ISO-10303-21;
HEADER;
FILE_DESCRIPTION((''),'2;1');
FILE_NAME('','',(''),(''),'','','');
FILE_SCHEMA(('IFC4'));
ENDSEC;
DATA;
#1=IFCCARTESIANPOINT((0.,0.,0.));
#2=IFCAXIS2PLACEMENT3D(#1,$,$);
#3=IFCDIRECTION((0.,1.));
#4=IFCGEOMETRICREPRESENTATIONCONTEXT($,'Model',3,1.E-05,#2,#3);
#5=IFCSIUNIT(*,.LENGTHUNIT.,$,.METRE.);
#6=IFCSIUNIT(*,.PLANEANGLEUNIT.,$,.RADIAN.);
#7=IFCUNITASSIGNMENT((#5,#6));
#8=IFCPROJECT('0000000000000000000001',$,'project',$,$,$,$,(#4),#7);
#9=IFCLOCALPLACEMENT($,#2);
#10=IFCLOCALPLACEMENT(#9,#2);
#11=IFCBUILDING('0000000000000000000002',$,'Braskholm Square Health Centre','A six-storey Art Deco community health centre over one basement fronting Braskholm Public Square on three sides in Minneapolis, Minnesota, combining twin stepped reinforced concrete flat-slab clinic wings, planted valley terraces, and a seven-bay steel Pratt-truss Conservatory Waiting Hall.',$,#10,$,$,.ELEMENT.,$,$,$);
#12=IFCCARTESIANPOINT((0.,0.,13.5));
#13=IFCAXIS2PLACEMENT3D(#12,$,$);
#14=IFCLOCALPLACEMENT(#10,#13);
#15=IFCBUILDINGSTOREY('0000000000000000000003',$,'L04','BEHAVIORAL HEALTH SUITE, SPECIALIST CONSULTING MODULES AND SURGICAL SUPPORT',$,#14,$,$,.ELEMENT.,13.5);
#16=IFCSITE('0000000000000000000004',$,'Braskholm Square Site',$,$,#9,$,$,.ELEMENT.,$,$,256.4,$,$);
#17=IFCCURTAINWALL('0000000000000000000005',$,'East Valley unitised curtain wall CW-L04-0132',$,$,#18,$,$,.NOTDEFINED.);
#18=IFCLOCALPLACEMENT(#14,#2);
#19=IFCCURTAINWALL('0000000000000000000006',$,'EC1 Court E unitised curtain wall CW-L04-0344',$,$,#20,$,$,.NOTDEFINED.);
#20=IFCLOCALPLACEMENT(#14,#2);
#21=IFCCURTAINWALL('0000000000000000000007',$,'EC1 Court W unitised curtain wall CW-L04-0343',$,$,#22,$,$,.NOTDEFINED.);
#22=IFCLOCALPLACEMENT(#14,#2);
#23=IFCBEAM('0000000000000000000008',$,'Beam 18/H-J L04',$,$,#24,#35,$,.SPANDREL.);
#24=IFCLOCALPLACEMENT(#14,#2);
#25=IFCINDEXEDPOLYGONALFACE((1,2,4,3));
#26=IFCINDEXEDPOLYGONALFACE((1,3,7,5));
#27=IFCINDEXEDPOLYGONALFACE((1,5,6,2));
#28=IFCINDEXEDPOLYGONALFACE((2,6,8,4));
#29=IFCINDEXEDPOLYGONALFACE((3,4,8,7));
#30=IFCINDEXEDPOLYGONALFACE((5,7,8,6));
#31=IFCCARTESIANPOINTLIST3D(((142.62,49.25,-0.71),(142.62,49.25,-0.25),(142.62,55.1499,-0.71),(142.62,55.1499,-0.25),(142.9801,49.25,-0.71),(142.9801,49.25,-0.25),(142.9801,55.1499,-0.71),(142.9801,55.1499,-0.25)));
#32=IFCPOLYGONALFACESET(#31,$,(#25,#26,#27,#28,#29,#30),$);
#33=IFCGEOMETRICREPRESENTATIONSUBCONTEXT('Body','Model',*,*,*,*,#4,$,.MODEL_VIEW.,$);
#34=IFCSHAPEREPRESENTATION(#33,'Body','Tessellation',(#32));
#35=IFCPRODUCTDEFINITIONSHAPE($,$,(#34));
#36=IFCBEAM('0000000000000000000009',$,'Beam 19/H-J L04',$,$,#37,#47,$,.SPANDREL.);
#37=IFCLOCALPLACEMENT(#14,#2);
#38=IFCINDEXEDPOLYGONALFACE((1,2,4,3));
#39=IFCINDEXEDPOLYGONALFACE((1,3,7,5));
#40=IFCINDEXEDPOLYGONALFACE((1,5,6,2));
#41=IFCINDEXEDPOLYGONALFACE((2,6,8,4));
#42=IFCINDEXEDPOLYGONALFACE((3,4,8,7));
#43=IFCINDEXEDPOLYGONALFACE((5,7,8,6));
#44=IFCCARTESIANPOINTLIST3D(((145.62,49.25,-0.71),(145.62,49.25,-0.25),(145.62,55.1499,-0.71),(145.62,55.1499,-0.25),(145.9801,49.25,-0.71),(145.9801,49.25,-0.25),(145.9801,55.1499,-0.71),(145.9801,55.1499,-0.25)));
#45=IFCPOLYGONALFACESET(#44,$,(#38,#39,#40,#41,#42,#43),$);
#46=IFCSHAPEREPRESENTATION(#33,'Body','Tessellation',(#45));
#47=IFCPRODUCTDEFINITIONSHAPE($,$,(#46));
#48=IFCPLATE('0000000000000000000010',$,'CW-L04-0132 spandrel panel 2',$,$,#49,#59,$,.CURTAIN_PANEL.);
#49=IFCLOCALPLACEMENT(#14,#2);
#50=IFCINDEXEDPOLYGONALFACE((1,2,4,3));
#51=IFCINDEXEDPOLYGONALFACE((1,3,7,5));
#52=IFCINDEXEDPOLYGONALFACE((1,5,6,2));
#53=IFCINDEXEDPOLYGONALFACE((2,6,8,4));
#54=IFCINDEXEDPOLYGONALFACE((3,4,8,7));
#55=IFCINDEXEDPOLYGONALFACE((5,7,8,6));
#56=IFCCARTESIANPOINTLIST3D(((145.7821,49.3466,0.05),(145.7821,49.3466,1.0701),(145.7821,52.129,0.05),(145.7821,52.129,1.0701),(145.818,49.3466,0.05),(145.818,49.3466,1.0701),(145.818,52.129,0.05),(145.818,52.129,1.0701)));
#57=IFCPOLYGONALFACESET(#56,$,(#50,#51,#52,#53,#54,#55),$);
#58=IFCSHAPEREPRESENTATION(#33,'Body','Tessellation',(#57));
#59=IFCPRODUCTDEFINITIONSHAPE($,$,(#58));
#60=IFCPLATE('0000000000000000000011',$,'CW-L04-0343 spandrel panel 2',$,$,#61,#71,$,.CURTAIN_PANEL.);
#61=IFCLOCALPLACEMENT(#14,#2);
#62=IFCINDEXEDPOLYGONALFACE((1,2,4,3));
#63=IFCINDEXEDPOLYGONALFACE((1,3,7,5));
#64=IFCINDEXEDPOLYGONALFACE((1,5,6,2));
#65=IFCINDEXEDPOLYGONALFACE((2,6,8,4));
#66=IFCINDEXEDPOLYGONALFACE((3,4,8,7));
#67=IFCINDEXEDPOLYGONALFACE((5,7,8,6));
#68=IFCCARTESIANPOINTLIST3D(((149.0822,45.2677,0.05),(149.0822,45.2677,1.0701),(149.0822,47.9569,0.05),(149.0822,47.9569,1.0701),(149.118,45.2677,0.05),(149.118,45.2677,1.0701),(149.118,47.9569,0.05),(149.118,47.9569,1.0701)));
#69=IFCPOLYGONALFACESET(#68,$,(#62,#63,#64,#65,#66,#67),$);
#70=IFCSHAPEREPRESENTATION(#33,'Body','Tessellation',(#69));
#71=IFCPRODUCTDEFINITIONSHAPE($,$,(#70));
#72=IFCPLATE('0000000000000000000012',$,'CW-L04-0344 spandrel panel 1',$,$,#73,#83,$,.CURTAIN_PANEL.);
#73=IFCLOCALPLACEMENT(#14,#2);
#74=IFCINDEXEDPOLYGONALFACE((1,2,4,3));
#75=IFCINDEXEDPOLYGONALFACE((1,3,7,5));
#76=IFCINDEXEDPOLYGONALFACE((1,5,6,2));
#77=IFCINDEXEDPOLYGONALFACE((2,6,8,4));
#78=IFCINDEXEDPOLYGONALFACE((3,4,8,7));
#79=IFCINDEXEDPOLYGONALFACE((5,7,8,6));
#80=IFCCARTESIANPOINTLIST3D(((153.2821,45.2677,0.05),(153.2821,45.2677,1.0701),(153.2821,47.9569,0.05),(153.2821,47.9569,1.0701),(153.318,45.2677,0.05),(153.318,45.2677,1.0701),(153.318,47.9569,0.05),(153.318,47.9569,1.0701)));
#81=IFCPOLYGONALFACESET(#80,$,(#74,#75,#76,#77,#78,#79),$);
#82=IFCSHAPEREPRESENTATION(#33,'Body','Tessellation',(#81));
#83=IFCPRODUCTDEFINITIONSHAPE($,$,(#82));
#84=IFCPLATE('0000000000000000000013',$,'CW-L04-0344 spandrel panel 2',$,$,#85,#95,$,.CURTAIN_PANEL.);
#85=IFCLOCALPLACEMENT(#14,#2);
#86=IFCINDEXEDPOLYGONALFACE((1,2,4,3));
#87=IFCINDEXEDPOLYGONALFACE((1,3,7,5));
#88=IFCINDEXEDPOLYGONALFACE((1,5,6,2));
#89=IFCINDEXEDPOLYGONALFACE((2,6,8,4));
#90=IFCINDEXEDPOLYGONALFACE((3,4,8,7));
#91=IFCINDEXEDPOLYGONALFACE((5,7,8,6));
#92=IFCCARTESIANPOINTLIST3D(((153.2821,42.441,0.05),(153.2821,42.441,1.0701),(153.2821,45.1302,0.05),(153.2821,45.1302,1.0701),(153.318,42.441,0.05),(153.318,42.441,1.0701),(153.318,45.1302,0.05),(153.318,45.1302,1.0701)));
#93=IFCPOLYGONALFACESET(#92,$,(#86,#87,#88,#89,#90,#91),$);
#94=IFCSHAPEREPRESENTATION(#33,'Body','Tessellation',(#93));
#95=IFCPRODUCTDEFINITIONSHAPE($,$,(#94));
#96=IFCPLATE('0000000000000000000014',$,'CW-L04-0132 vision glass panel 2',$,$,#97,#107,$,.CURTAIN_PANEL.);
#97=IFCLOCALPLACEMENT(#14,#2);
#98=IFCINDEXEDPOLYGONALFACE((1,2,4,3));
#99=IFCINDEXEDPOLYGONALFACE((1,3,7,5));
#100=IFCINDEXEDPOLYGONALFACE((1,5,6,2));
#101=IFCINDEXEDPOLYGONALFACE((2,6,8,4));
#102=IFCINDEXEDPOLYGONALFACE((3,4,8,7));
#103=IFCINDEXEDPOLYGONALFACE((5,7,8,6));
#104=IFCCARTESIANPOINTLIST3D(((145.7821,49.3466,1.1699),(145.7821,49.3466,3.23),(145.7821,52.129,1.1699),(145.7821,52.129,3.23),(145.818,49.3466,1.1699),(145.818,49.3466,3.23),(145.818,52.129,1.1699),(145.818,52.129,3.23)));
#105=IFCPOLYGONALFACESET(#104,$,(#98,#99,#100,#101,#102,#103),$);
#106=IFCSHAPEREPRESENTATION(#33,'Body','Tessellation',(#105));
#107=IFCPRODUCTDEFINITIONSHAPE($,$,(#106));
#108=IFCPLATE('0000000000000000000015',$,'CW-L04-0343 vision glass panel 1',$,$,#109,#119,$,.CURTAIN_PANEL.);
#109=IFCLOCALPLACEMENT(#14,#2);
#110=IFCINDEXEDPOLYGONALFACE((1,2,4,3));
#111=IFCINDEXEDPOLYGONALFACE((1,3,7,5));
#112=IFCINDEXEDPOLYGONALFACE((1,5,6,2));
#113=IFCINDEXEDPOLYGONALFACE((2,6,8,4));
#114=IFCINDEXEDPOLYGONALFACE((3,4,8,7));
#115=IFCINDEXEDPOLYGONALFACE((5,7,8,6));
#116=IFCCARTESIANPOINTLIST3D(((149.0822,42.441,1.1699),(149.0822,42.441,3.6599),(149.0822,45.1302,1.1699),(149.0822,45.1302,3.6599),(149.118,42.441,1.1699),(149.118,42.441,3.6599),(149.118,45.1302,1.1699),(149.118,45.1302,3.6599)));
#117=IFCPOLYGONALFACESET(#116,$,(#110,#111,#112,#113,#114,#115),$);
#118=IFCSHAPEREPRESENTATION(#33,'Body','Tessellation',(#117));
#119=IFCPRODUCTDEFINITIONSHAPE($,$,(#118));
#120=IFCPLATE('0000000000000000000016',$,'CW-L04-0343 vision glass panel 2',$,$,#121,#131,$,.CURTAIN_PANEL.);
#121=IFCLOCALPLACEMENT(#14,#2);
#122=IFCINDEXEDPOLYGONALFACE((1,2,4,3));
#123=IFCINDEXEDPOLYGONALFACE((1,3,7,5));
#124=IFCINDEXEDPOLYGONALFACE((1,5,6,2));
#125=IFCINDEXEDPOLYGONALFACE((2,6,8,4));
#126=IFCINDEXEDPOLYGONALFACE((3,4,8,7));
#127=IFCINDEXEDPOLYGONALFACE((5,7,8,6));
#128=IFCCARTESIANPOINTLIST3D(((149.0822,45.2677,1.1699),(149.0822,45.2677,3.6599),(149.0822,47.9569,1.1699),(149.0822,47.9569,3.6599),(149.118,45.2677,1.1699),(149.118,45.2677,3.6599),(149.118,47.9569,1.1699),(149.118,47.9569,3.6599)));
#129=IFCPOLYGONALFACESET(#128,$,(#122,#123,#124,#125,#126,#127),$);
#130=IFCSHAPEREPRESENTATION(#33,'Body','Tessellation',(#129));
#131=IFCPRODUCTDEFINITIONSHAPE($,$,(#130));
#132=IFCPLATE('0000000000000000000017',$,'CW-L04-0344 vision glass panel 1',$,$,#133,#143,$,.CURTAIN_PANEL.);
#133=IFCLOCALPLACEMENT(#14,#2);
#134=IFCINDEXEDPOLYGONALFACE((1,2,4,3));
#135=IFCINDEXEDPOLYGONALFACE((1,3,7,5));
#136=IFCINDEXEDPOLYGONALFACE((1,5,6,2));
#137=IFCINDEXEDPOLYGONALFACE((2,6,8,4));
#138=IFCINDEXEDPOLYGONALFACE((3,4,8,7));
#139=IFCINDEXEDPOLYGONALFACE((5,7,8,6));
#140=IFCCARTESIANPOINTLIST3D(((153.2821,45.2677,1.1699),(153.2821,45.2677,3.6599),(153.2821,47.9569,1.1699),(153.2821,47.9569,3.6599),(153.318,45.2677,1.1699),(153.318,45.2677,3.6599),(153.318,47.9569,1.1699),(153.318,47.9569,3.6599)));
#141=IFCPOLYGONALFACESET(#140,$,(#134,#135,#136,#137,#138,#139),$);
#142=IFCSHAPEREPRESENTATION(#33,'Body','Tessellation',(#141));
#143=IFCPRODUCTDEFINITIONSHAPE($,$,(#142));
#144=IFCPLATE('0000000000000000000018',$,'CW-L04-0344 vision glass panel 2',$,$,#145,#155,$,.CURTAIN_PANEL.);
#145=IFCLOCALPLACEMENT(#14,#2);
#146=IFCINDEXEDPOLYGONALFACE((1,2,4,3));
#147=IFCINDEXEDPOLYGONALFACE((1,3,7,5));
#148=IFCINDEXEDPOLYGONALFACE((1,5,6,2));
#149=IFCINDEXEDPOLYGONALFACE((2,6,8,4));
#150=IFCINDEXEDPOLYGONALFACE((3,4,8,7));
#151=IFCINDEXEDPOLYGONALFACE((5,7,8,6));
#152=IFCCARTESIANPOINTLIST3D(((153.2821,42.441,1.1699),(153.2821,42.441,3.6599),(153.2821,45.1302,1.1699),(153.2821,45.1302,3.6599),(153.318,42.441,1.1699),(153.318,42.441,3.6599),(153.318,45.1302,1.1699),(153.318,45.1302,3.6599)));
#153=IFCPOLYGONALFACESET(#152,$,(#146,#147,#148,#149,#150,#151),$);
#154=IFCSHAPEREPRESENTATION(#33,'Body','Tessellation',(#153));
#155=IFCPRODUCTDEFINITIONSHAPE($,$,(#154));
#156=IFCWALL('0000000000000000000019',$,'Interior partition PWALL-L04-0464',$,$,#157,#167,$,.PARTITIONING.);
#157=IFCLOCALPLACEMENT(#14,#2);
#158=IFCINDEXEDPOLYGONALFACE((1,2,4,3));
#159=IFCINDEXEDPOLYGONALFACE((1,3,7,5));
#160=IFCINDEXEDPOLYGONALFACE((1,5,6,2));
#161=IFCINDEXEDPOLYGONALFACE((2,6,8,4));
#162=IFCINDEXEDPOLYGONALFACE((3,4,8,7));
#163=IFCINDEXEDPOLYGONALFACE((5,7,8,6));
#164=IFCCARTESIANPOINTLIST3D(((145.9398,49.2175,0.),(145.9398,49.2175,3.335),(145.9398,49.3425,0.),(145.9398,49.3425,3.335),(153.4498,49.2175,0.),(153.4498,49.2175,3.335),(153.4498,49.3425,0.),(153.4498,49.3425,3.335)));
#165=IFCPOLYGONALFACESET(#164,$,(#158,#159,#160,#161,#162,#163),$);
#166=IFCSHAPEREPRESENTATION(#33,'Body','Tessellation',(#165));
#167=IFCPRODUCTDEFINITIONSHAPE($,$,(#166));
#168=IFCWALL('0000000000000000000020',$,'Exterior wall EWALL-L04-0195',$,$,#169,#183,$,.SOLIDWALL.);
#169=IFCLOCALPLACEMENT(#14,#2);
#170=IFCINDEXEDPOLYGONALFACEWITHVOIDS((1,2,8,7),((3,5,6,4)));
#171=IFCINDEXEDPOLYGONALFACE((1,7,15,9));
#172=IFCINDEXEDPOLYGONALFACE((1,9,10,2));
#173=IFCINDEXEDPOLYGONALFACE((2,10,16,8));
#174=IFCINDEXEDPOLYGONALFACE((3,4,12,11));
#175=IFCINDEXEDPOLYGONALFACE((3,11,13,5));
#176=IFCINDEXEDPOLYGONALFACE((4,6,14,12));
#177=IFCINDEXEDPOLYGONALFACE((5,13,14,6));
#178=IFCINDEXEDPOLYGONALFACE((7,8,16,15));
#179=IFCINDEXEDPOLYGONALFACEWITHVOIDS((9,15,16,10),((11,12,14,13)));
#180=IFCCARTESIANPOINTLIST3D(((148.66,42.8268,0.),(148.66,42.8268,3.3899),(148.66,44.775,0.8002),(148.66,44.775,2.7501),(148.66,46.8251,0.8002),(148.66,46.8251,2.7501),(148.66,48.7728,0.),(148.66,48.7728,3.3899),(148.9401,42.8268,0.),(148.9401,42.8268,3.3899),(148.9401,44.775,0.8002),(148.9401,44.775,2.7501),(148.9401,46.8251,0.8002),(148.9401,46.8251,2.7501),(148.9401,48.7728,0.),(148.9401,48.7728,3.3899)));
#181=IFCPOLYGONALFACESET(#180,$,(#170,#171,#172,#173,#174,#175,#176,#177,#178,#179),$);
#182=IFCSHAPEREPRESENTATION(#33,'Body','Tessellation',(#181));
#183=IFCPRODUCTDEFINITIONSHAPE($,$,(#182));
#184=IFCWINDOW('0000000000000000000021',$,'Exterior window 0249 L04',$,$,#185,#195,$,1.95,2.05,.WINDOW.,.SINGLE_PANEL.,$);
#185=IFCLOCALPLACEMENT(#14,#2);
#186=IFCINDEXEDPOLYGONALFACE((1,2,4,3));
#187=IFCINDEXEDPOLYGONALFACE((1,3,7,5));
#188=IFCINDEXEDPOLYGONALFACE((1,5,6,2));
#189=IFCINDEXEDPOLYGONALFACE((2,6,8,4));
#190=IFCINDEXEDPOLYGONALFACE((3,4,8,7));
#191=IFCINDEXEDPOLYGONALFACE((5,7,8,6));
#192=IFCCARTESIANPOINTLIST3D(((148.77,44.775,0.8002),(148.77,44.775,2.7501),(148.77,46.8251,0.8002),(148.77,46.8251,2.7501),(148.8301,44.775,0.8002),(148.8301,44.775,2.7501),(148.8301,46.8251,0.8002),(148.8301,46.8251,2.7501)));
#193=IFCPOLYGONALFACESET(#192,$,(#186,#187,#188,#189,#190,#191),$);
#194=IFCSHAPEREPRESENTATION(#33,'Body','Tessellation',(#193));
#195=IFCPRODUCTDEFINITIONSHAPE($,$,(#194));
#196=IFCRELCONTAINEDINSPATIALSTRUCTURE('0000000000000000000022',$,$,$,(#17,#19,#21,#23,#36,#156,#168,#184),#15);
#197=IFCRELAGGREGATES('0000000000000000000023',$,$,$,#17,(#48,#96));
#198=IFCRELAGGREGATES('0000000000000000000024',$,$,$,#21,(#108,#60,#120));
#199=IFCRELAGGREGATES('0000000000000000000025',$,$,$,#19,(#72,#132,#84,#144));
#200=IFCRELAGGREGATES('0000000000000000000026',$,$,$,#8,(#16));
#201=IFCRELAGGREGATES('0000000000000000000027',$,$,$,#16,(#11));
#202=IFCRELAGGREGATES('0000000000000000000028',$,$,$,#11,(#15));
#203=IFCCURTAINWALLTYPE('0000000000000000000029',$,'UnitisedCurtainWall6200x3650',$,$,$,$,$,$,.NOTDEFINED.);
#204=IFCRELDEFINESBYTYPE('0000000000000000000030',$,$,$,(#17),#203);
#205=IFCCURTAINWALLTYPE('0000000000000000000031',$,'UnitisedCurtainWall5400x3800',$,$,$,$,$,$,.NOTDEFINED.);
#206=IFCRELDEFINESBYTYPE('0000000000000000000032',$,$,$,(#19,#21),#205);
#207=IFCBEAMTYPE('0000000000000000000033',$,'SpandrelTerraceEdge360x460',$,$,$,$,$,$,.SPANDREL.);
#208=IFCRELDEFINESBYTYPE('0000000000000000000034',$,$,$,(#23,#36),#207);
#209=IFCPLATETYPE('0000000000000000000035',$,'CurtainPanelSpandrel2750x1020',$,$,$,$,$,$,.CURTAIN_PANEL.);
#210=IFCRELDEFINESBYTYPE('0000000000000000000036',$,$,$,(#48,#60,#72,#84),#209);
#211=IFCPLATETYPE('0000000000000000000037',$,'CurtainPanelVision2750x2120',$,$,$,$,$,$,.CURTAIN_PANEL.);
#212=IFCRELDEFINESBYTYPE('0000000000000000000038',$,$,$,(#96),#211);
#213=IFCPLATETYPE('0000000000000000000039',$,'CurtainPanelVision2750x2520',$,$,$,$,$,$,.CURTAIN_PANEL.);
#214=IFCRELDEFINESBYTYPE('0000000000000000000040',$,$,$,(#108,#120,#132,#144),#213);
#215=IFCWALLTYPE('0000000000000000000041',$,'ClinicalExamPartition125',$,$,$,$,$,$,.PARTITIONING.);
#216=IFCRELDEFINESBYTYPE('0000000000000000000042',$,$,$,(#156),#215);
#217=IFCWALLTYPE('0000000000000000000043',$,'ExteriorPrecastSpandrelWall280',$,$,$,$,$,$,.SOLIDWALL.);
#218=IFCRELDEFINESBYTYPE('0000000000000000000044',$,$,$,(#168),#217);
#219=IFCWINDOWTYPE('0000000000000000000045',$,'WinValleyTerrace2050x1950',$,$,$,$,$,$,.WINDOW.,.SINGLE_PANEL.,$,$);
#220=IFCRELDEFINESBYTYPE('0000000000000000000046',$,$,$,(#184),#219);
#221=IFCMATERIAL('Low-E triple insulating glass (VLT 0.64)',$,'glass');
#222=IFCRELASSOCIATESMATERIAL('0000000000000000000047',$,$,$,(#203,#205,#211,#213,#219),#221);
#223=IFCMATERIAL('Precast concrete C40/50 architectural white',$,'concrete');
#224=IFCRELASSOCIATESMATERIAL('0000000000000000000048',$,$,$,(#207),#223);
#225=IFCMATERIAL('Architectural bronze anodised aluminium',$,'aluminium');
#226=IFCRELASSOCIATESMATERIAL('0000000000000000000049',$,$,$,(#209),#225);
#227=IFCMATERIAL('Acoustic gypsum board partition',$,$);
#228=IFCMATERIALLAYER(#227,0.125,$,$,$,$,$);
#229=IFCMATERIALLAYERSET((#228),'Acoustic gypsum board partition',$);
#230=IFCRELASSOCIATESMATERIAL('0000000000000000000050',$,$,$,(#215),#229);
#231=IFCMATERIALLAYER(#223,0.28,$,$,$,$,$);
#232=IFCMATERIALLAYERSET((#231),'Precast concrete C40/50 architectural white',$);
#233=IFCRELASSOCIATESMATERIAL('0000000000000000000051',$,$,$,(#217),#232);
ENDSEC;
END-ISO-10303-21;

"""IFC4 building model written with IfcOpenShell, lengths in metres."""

from ifc_helpers import new_model, si_unit, direction, frame, frame_2d, origin, origin_with_axes, origin_2d, place, context, subcontext, project, spatial, rectangle, extrude, material, layer, layer_set, material_profile, profile_set, type_object, element, fill, aggregate, save


model = new_model("IFC4")

# Units and contexts
model_context = context("Model", 3, precision=1e-05, world=origin(), true_north=direction((0.0, 1.0)))
body_context = subcontext(model_context, "Body", "Model", "MODEL_VIEW")
ifc_project = project(units=[si_unit("LENGTHUNIT", "METRE"), si_unit("PLANEANGLEUNIT", "RADIAN")], contexts=[model_context])

# Site, building, storey
site_placement = place(None, origin())
site = spatial("IfcSite", under=ifc_project, at=site_placement, Name="Braskholm Square Site", CompositionType="ELEMENT", RefElevation=256.4)
building_placement = place(site_placement, origin())
building = spatial("IfcBuilding", under=site, at=building_placement, Name="Braskholm Square Health Centre", Description="A six-storey Art Deco community health centre over one basement fronting Braskholm Public Square on three sides in Minneapolis, Minnesota, combining twin stepped reinforced concrete flat-slab clinic wings, planted valley terraces, and a seven-bay steel Pratt-truss Conservatory Waiting Hall.", CompositionType="ELEMENT")
storey_placement = place(building_placement, frame((0.0, 0.0, 13.5)))
storey = spatial("IfcBuildingStorey", under=building, at=storey_placement, Name="L04", Description="BEHAVIORAL HEALTH SUITE, SPECIALIST CONSULTING MODULES AND SURGICAL SUPPORT", CompositionType="ELEMENT", Elevation=13.5)

# Curtain wall
ifc_material_1 = material(Name="Low-E triple insulating glass (VLT 0.64)", Category="glass")
curtain_wall_type_1 = type_object("IfcCurtainWallType", Name="UnitisedCurtainWall6200x3650", PredefinedType="NOTDEFINED", material=ifc_material_1)
curtain_wall_1_placement = place(storey_placement, origin())
curtain_wall_1 = element("IfcCurtainWall", 1, at=curtain_wall_1_placement, inside=storey, type_object=curtain_wall_type_1, Name="East Valley unitised curtain wall CW-L04-0132", PredefinedType="NOTDEFINED")
ifc_material_2 = material(Name="Architectural bronze anodised aluminium", Category="aluminium")

# Curtain wall
curtain_wall_type_2 = type_object("IfcCurtainWallType", Name="UnitisedCurtainWall5400x3800", PredefinedType="NOTDEFINED", material=ifc_material_1)
curtain_wall_2_placement = place(storey_placement, origin())
curtain_wall_2 = element("IfcCurtainWall", 2, at=curtain_wall_2_placement, inside=storey, type_object=curtain_wall_type_2, Name="EC1 Court E unitised curtain wall CW-L04-0344", PredefinedType="NOTDEFINED")

# Curtain wall
curtain_wall_3_placement = place(storey_placement, origin())
curtain_wall_3 = element("IfcCurtainWall", 3, at=curtain_wall_3_placement, inside=storey, type_object=curtain_wall_type_2, Name="EC1 Court W unitised curtain wall CW-L04-0343", PredefinedType="NOTDEFINED")

# Beams
ifc_material_3 = material(Name="Precast concrete C40/50 architectural white", Category="concrete")
ifc_material_profile_1 = material_profile(ifc_material_3, rectangle(XDim=0.3601, YDim=0.46, at=origin_2d()), Name="RCB-360X460")
ifc_profile_set_1 = profile_set([ifc_material_profile_1], Name="Precast concrete C40/50 architectural white")
beam_type_1 = type_object("IfcBeamType", Name="SpandrelTerraceEdge360x460", PredefinedType="SPANDREL", material=ifc_profile_set_1)
for number, where, z_axis, x_axis, name in (
    (4, (142.8, 49.25, -0.48), (0.0, 1.0, 0.0), (-1.0, 0.0, 0.0), "Beam 18/H-J L04"),
    (5, (145.8, 49.25, -0.48), (0.0, 1.0, 0.0), (-1.0, 0.0, 0.0), "Beam 19/H-J L04"),
):
    element("IfcBeam", number, at=place(storey_placement, frame(where, z_axis=z_axis, x_axis=x_axis)), inside=storey, type_object=beam_type_1, Name=name, PredefinedType="SPANDREL", context=body_context, shape_type="SweptSolid", body=[
        extrude(rectangle(XDim=0.3601, YDim=0.46, at=origin_2d()), origin(), (0.0, 0.0, 1.0), 5.8999),
    ])

# Plates
plate_type_1 = type_object("IfcPlateType", Name="CurtainPanelSpandrel2750x1020", PredefinedType="CURTAIN_PANEL", material=ifc_material_2)
plate_1_placement = place(storey_placement, frame((145.8, 50.7378, 0.05), z_axis=(0.0, 0.0, 1.0), x_axis=(0.0, -1.0, 0.0)))
plate_1 = element("IfcPlate", 6, at=plate_1_placement, type_object=plate_type_1, Name="CW-L04-0132 spandrel panel 2", PredefinedType="CURTAIN_PANEL", context=body_context, shape_type="SweptSolid", body=[
    extrude(rectangle(XDim=2.7825, YDim=0.0359, at=origin_2d()), origin(), (0.0, 0.0, 1.0), 1.02),
])
plate_2_placement = place(storey_placement, frame((149.1001, 46.6123, 0.05), z_axis=(0.0, 0.0, 1.0), x_axis=(0.0, 1.0, 0.0)))
plate_2 = element("IfcPlate", 7, at=plate_2_placement, type_object=plate_type_1, Name="CW-L04-0343 spandrel panel 2", PredefinedType="CURTAIN_PANEL", context=body_context, shape_type="SweptSolid", body=[
    extrude(rectangle(XDim=2.6892, YDim=0.0359, at=origin_2d()), origin(), (0.0, 0.0, 1.0), 1.02),
])
plate_3_placement = place(storey_placement, frame((153.3, 46.6123, 0.05), z_axis=(0.0, 0.0, 1.0), x_axis=(0.0, -1.0, 0.0)))
plate_3 = element("IfcPlate", 8, at=plate_3_placement, type_object=plate_type_1, Name="CW-L04-0344 spandrel panel 1", PredefinedType="CURTAIN_PANEL", context=body_context, shape_type="SweptSolid", body=[
    extrude(rectangle(XDim=2.6892, YDim=0.0359, at=origin_2d()), origin(), (0.0, 0.0, 1.0), 1.02),
])
plate_4_placement = place(storey_placement, frame((153.3, 43.7856, 0.05), z_axis=(0.0, 0.0, 1.0), x_axis=(0.0, -1.0, 0.0)))
plate_4 = element("IfcPlate", 9, at=plate_4_placement, type_object=plate_type_1, Name="CW-L04-0344 spandrel panel 2", PredefinedType="CURTAIN_PANEL", context=body_context, shape_type="SweptSolid", body=[
    extrude(rectangle(XDim=2.6892, YDim=0.0359, at=origin_2d()), origin(), (0.0, 0.0, 1.0), 1.02),
])
plate_type_2 = type_object("IfcPlateType", Name="CurtainPanelVision2750x2120", PredefinedType="CURTAIN_PANEL", material=ifc_material_1)
plate_5_placement = place(storey_placement, frame((145.8, 50.7378, 1.1699), z_axis=(0.0, 0.0, 1.0), x_axis=(0.0, -1.0, 0.0)))
plate_5 = element("IfcPlate", 10, at=plate_5_placement, type_object=plate_type_2, Name="CW-L04-0132 vision glass panel 2", PredefinedType="CURTAIN_PANEL", context=body_context, shape_type="SweptSolid", body=[
    extrude(rectangle(XDim=2.7825, YDim=0.0359, at=origin_2d()), origin(), (0.0, 0.0, 1.0), 2.0601),
])
aggregate(curtain_wall_1, [plate_1, plate_5])
plate_type_3 = type_object("IfcPlateType", Name="CurtainPanelVision2750x2520", PredefinedType="CURTAIN_PANEL", material=ifc_material_1)
plate_6_placement = place(storey_placement, frame((149.1001, 43.7856, 1.1699), z_axis=(0.0, 0.0, 1.0), x_axis=(0.0, 1.0, 0.0)))
plate_6 = element("IfcPlate", 11, at=plate_6_placement, type_object=plate_type_3, Name="CW-L04-0343 vision glass panel 1", PredefinedType="CURTAIN_PANEL", context=body_context, shape_type="SweptSolid", body=[
    extrude(rectangle(XDim=2.6892, YDim=0.0359, at=origin_2d()), origin(), (0.0, 0.0, 1.0), 2.49),
])
plate_7_placement = place(storey_placement, frame((149.1001, 46.6123, 1.1699), z_axis=(0.0, 0.0, 1.0), x_axis=(0.0, 1.0, 0.0)))
plate_7 = element("IfcPlate", 12, at=plate_7_placement, type_object=plate_type_3, Name="CW-L04-0343 vision glass panel 2", PredefinedType="CURTAIN_PANEL", context=body_context, shape_type="SweptSolid", body=[
    extrude(rectangle(XDim=2.6892, YDim=0.0359, at=origin_2d()), origin(), (0.0, 0.0, 1.0), 2.49),
])
aggregate(curtain_wall_3, [plate_6, plate_2, plate_7])
plate_8_placement = place(storey_placement, frame((153.3, 46.6123, 1.1699), z_axis=(0.0, 0.0, 1.0), x_axis=(0.0, -1.0, 0.0)))
plate_8 = element("IfcPlate", 13, at=plate_8_placement, type_object=plate_type_3, Name="CW-L04-0344 vision glass panel 1", PredefinedType="CURTAIN_PANEL", context=body_context, shape_type="SweptSolid", body=[
    extrude(rectangle(XDim=2.6892, YDim=0.0359, at=origin_2d()), origin(), (0.0, 0.0, 1.0), 2.49),
])
plate_9_placement = place(storey_placement, frame((153.3, 43.7856, 1.1699), z_axis=(0.0, 0.0, 1.0), x_axis=(0.0, -1.0, 0.0)))
plate_9 = element("IfcPlate", 14, at=plate_9_placement, type_object=plate_type_3, Name="CW-L04-0344 vision glass panel 2", PredefinedType="CURTAIN_PANEL", context=body_context, shape_type="SweptSolid", body=[
    extrude(rectangle(XDim=2.6892, YDim=0.0359, at=origin_2d()), origin(), (0.0, 0.0, 1.0), 2.49),
])
aggregate(curtain_wall_2, [plate_3, plate_8, plate_4, plate_9])

# Wall
ifc_material_4 = material(Name="Acoustic gypsum board partition")
ifc_layer_1 = layer(ifc_material_4, 0.125)
ifc_layer_set_1 = layer_set([ifc_layer_1], Name="Acoustic gypsum board partition")
wall_type_1 = type_object("IfcWallType", Name="ClinicalExamPartition125", PredefinedType="PARTITIONING", material=ifc_layer_set_1)
wall_1_placement = place(storey_placement, frame((145.9399, 49.28, 0.0), z_axis=(0.0, 0.0, 1.0), x_axis=(1.0, 0.0, 0.0)))
element("IfcWall", 15, at=wall_1_placement, inside=storey, type_object=wall_type_1, Name="Interior partition PWALL-L04-0464", PredefinedType="PARTITIONING", context=body_context, shape_type="SweptSolid", body=[
    extrude(rectangle(XDim=7.51, YDim=0.125, at=frame_2d((3.7549, 0.0))), origin(), (0.0, 0.0, 1.0), 3.335),
])

# Wall, opening, window
ifc_layer_2 = layer(ifc_material_3, 0.28)
ifc_layer_set_2 = layer_set([ifc_layer_2], Name="Precast concrete C40/50 architectural white")
wall_type_2 = type_object("IfcWallType", Name="ExteriorPrecastSpandrelWall280", PredefinedType="SOLIDWALL", material=ifc_layer_set_2)
wall_2_placement = place(storey_placement, frame((148.8, 48.7729, 0.0), z_axis=(0.0, 0.0, 1.0), x_axis=(0.0, -1.0, 0.0)))
wall_2 = element("IfcWall", 16, at=wall_2_placement, inside=storey, type_object=wall_type_2, Name="Exterior wall EWALL-L04-0195", PredefinedType="SOLIDWALL", context=body_context, shape_type="SweptSolid", body=[
    extrude(rectangle(XDim=5.946, YDim=0.28, at=frame_2d((2.9731, 0.0))), origin(), (0.0, 0.0, 1.0), 3.3899),
])
opening_1_placement = place(wall_2_placement, frame((1.948, 0.0, 0.8)))
opening_1 = element("IfcOpeningElement", 17, at=opening_1_placement, cuts=wall_2, PredefinedType="OPENING", context=body_context, shape_type="SweptSolid", body=[
    extrude(rectangle(XDim=2.05, YDim=1.95, at=frame_2d((1.0249, 0.9751))), frame((0.0, 0.1499, 0.0), z_axis=(0.0, -1.0, 0.0), x_axis=(1.0, 0.0, 0.0)), (0.0, 0.0, 1.0), 0.3),
])
window_type_1 = type_object("IfcWindowType", Name="WinValleyTerrace2050x1950", PartitioningType="SINGLE_PANEL", PredefinedType="WINDOW", material=ifc_material_1)
window_1_placement = place(opening_1_placement, origin_with_axes())
window_1 = element("IfcWindow", 18, at=window_1_placement, inside=storey, type_object=window_type_1, Name="Exterior window 0249 L04", OverallHeight=1.95, OverallWidth=2.05, PartitioningType="SINGLE_PANEL", PredefinedType="WINDOW", context=body_context, shape_type="SweptSolid", body=[
    extrude(rectangle(XDim=2.05, YDim=1.95, at=frame_2d((1.0249, 0.9751))), frame((0.0, 0.03, 0.0), z_axis=(0.0, -1.0, 0.0), x_axis=(1.0, 0.0, 0.0)), (0.0, 0.0, 1.0), 0.0601),
])
fill(opening_1, window_1)

save(model, "model.ifc")
